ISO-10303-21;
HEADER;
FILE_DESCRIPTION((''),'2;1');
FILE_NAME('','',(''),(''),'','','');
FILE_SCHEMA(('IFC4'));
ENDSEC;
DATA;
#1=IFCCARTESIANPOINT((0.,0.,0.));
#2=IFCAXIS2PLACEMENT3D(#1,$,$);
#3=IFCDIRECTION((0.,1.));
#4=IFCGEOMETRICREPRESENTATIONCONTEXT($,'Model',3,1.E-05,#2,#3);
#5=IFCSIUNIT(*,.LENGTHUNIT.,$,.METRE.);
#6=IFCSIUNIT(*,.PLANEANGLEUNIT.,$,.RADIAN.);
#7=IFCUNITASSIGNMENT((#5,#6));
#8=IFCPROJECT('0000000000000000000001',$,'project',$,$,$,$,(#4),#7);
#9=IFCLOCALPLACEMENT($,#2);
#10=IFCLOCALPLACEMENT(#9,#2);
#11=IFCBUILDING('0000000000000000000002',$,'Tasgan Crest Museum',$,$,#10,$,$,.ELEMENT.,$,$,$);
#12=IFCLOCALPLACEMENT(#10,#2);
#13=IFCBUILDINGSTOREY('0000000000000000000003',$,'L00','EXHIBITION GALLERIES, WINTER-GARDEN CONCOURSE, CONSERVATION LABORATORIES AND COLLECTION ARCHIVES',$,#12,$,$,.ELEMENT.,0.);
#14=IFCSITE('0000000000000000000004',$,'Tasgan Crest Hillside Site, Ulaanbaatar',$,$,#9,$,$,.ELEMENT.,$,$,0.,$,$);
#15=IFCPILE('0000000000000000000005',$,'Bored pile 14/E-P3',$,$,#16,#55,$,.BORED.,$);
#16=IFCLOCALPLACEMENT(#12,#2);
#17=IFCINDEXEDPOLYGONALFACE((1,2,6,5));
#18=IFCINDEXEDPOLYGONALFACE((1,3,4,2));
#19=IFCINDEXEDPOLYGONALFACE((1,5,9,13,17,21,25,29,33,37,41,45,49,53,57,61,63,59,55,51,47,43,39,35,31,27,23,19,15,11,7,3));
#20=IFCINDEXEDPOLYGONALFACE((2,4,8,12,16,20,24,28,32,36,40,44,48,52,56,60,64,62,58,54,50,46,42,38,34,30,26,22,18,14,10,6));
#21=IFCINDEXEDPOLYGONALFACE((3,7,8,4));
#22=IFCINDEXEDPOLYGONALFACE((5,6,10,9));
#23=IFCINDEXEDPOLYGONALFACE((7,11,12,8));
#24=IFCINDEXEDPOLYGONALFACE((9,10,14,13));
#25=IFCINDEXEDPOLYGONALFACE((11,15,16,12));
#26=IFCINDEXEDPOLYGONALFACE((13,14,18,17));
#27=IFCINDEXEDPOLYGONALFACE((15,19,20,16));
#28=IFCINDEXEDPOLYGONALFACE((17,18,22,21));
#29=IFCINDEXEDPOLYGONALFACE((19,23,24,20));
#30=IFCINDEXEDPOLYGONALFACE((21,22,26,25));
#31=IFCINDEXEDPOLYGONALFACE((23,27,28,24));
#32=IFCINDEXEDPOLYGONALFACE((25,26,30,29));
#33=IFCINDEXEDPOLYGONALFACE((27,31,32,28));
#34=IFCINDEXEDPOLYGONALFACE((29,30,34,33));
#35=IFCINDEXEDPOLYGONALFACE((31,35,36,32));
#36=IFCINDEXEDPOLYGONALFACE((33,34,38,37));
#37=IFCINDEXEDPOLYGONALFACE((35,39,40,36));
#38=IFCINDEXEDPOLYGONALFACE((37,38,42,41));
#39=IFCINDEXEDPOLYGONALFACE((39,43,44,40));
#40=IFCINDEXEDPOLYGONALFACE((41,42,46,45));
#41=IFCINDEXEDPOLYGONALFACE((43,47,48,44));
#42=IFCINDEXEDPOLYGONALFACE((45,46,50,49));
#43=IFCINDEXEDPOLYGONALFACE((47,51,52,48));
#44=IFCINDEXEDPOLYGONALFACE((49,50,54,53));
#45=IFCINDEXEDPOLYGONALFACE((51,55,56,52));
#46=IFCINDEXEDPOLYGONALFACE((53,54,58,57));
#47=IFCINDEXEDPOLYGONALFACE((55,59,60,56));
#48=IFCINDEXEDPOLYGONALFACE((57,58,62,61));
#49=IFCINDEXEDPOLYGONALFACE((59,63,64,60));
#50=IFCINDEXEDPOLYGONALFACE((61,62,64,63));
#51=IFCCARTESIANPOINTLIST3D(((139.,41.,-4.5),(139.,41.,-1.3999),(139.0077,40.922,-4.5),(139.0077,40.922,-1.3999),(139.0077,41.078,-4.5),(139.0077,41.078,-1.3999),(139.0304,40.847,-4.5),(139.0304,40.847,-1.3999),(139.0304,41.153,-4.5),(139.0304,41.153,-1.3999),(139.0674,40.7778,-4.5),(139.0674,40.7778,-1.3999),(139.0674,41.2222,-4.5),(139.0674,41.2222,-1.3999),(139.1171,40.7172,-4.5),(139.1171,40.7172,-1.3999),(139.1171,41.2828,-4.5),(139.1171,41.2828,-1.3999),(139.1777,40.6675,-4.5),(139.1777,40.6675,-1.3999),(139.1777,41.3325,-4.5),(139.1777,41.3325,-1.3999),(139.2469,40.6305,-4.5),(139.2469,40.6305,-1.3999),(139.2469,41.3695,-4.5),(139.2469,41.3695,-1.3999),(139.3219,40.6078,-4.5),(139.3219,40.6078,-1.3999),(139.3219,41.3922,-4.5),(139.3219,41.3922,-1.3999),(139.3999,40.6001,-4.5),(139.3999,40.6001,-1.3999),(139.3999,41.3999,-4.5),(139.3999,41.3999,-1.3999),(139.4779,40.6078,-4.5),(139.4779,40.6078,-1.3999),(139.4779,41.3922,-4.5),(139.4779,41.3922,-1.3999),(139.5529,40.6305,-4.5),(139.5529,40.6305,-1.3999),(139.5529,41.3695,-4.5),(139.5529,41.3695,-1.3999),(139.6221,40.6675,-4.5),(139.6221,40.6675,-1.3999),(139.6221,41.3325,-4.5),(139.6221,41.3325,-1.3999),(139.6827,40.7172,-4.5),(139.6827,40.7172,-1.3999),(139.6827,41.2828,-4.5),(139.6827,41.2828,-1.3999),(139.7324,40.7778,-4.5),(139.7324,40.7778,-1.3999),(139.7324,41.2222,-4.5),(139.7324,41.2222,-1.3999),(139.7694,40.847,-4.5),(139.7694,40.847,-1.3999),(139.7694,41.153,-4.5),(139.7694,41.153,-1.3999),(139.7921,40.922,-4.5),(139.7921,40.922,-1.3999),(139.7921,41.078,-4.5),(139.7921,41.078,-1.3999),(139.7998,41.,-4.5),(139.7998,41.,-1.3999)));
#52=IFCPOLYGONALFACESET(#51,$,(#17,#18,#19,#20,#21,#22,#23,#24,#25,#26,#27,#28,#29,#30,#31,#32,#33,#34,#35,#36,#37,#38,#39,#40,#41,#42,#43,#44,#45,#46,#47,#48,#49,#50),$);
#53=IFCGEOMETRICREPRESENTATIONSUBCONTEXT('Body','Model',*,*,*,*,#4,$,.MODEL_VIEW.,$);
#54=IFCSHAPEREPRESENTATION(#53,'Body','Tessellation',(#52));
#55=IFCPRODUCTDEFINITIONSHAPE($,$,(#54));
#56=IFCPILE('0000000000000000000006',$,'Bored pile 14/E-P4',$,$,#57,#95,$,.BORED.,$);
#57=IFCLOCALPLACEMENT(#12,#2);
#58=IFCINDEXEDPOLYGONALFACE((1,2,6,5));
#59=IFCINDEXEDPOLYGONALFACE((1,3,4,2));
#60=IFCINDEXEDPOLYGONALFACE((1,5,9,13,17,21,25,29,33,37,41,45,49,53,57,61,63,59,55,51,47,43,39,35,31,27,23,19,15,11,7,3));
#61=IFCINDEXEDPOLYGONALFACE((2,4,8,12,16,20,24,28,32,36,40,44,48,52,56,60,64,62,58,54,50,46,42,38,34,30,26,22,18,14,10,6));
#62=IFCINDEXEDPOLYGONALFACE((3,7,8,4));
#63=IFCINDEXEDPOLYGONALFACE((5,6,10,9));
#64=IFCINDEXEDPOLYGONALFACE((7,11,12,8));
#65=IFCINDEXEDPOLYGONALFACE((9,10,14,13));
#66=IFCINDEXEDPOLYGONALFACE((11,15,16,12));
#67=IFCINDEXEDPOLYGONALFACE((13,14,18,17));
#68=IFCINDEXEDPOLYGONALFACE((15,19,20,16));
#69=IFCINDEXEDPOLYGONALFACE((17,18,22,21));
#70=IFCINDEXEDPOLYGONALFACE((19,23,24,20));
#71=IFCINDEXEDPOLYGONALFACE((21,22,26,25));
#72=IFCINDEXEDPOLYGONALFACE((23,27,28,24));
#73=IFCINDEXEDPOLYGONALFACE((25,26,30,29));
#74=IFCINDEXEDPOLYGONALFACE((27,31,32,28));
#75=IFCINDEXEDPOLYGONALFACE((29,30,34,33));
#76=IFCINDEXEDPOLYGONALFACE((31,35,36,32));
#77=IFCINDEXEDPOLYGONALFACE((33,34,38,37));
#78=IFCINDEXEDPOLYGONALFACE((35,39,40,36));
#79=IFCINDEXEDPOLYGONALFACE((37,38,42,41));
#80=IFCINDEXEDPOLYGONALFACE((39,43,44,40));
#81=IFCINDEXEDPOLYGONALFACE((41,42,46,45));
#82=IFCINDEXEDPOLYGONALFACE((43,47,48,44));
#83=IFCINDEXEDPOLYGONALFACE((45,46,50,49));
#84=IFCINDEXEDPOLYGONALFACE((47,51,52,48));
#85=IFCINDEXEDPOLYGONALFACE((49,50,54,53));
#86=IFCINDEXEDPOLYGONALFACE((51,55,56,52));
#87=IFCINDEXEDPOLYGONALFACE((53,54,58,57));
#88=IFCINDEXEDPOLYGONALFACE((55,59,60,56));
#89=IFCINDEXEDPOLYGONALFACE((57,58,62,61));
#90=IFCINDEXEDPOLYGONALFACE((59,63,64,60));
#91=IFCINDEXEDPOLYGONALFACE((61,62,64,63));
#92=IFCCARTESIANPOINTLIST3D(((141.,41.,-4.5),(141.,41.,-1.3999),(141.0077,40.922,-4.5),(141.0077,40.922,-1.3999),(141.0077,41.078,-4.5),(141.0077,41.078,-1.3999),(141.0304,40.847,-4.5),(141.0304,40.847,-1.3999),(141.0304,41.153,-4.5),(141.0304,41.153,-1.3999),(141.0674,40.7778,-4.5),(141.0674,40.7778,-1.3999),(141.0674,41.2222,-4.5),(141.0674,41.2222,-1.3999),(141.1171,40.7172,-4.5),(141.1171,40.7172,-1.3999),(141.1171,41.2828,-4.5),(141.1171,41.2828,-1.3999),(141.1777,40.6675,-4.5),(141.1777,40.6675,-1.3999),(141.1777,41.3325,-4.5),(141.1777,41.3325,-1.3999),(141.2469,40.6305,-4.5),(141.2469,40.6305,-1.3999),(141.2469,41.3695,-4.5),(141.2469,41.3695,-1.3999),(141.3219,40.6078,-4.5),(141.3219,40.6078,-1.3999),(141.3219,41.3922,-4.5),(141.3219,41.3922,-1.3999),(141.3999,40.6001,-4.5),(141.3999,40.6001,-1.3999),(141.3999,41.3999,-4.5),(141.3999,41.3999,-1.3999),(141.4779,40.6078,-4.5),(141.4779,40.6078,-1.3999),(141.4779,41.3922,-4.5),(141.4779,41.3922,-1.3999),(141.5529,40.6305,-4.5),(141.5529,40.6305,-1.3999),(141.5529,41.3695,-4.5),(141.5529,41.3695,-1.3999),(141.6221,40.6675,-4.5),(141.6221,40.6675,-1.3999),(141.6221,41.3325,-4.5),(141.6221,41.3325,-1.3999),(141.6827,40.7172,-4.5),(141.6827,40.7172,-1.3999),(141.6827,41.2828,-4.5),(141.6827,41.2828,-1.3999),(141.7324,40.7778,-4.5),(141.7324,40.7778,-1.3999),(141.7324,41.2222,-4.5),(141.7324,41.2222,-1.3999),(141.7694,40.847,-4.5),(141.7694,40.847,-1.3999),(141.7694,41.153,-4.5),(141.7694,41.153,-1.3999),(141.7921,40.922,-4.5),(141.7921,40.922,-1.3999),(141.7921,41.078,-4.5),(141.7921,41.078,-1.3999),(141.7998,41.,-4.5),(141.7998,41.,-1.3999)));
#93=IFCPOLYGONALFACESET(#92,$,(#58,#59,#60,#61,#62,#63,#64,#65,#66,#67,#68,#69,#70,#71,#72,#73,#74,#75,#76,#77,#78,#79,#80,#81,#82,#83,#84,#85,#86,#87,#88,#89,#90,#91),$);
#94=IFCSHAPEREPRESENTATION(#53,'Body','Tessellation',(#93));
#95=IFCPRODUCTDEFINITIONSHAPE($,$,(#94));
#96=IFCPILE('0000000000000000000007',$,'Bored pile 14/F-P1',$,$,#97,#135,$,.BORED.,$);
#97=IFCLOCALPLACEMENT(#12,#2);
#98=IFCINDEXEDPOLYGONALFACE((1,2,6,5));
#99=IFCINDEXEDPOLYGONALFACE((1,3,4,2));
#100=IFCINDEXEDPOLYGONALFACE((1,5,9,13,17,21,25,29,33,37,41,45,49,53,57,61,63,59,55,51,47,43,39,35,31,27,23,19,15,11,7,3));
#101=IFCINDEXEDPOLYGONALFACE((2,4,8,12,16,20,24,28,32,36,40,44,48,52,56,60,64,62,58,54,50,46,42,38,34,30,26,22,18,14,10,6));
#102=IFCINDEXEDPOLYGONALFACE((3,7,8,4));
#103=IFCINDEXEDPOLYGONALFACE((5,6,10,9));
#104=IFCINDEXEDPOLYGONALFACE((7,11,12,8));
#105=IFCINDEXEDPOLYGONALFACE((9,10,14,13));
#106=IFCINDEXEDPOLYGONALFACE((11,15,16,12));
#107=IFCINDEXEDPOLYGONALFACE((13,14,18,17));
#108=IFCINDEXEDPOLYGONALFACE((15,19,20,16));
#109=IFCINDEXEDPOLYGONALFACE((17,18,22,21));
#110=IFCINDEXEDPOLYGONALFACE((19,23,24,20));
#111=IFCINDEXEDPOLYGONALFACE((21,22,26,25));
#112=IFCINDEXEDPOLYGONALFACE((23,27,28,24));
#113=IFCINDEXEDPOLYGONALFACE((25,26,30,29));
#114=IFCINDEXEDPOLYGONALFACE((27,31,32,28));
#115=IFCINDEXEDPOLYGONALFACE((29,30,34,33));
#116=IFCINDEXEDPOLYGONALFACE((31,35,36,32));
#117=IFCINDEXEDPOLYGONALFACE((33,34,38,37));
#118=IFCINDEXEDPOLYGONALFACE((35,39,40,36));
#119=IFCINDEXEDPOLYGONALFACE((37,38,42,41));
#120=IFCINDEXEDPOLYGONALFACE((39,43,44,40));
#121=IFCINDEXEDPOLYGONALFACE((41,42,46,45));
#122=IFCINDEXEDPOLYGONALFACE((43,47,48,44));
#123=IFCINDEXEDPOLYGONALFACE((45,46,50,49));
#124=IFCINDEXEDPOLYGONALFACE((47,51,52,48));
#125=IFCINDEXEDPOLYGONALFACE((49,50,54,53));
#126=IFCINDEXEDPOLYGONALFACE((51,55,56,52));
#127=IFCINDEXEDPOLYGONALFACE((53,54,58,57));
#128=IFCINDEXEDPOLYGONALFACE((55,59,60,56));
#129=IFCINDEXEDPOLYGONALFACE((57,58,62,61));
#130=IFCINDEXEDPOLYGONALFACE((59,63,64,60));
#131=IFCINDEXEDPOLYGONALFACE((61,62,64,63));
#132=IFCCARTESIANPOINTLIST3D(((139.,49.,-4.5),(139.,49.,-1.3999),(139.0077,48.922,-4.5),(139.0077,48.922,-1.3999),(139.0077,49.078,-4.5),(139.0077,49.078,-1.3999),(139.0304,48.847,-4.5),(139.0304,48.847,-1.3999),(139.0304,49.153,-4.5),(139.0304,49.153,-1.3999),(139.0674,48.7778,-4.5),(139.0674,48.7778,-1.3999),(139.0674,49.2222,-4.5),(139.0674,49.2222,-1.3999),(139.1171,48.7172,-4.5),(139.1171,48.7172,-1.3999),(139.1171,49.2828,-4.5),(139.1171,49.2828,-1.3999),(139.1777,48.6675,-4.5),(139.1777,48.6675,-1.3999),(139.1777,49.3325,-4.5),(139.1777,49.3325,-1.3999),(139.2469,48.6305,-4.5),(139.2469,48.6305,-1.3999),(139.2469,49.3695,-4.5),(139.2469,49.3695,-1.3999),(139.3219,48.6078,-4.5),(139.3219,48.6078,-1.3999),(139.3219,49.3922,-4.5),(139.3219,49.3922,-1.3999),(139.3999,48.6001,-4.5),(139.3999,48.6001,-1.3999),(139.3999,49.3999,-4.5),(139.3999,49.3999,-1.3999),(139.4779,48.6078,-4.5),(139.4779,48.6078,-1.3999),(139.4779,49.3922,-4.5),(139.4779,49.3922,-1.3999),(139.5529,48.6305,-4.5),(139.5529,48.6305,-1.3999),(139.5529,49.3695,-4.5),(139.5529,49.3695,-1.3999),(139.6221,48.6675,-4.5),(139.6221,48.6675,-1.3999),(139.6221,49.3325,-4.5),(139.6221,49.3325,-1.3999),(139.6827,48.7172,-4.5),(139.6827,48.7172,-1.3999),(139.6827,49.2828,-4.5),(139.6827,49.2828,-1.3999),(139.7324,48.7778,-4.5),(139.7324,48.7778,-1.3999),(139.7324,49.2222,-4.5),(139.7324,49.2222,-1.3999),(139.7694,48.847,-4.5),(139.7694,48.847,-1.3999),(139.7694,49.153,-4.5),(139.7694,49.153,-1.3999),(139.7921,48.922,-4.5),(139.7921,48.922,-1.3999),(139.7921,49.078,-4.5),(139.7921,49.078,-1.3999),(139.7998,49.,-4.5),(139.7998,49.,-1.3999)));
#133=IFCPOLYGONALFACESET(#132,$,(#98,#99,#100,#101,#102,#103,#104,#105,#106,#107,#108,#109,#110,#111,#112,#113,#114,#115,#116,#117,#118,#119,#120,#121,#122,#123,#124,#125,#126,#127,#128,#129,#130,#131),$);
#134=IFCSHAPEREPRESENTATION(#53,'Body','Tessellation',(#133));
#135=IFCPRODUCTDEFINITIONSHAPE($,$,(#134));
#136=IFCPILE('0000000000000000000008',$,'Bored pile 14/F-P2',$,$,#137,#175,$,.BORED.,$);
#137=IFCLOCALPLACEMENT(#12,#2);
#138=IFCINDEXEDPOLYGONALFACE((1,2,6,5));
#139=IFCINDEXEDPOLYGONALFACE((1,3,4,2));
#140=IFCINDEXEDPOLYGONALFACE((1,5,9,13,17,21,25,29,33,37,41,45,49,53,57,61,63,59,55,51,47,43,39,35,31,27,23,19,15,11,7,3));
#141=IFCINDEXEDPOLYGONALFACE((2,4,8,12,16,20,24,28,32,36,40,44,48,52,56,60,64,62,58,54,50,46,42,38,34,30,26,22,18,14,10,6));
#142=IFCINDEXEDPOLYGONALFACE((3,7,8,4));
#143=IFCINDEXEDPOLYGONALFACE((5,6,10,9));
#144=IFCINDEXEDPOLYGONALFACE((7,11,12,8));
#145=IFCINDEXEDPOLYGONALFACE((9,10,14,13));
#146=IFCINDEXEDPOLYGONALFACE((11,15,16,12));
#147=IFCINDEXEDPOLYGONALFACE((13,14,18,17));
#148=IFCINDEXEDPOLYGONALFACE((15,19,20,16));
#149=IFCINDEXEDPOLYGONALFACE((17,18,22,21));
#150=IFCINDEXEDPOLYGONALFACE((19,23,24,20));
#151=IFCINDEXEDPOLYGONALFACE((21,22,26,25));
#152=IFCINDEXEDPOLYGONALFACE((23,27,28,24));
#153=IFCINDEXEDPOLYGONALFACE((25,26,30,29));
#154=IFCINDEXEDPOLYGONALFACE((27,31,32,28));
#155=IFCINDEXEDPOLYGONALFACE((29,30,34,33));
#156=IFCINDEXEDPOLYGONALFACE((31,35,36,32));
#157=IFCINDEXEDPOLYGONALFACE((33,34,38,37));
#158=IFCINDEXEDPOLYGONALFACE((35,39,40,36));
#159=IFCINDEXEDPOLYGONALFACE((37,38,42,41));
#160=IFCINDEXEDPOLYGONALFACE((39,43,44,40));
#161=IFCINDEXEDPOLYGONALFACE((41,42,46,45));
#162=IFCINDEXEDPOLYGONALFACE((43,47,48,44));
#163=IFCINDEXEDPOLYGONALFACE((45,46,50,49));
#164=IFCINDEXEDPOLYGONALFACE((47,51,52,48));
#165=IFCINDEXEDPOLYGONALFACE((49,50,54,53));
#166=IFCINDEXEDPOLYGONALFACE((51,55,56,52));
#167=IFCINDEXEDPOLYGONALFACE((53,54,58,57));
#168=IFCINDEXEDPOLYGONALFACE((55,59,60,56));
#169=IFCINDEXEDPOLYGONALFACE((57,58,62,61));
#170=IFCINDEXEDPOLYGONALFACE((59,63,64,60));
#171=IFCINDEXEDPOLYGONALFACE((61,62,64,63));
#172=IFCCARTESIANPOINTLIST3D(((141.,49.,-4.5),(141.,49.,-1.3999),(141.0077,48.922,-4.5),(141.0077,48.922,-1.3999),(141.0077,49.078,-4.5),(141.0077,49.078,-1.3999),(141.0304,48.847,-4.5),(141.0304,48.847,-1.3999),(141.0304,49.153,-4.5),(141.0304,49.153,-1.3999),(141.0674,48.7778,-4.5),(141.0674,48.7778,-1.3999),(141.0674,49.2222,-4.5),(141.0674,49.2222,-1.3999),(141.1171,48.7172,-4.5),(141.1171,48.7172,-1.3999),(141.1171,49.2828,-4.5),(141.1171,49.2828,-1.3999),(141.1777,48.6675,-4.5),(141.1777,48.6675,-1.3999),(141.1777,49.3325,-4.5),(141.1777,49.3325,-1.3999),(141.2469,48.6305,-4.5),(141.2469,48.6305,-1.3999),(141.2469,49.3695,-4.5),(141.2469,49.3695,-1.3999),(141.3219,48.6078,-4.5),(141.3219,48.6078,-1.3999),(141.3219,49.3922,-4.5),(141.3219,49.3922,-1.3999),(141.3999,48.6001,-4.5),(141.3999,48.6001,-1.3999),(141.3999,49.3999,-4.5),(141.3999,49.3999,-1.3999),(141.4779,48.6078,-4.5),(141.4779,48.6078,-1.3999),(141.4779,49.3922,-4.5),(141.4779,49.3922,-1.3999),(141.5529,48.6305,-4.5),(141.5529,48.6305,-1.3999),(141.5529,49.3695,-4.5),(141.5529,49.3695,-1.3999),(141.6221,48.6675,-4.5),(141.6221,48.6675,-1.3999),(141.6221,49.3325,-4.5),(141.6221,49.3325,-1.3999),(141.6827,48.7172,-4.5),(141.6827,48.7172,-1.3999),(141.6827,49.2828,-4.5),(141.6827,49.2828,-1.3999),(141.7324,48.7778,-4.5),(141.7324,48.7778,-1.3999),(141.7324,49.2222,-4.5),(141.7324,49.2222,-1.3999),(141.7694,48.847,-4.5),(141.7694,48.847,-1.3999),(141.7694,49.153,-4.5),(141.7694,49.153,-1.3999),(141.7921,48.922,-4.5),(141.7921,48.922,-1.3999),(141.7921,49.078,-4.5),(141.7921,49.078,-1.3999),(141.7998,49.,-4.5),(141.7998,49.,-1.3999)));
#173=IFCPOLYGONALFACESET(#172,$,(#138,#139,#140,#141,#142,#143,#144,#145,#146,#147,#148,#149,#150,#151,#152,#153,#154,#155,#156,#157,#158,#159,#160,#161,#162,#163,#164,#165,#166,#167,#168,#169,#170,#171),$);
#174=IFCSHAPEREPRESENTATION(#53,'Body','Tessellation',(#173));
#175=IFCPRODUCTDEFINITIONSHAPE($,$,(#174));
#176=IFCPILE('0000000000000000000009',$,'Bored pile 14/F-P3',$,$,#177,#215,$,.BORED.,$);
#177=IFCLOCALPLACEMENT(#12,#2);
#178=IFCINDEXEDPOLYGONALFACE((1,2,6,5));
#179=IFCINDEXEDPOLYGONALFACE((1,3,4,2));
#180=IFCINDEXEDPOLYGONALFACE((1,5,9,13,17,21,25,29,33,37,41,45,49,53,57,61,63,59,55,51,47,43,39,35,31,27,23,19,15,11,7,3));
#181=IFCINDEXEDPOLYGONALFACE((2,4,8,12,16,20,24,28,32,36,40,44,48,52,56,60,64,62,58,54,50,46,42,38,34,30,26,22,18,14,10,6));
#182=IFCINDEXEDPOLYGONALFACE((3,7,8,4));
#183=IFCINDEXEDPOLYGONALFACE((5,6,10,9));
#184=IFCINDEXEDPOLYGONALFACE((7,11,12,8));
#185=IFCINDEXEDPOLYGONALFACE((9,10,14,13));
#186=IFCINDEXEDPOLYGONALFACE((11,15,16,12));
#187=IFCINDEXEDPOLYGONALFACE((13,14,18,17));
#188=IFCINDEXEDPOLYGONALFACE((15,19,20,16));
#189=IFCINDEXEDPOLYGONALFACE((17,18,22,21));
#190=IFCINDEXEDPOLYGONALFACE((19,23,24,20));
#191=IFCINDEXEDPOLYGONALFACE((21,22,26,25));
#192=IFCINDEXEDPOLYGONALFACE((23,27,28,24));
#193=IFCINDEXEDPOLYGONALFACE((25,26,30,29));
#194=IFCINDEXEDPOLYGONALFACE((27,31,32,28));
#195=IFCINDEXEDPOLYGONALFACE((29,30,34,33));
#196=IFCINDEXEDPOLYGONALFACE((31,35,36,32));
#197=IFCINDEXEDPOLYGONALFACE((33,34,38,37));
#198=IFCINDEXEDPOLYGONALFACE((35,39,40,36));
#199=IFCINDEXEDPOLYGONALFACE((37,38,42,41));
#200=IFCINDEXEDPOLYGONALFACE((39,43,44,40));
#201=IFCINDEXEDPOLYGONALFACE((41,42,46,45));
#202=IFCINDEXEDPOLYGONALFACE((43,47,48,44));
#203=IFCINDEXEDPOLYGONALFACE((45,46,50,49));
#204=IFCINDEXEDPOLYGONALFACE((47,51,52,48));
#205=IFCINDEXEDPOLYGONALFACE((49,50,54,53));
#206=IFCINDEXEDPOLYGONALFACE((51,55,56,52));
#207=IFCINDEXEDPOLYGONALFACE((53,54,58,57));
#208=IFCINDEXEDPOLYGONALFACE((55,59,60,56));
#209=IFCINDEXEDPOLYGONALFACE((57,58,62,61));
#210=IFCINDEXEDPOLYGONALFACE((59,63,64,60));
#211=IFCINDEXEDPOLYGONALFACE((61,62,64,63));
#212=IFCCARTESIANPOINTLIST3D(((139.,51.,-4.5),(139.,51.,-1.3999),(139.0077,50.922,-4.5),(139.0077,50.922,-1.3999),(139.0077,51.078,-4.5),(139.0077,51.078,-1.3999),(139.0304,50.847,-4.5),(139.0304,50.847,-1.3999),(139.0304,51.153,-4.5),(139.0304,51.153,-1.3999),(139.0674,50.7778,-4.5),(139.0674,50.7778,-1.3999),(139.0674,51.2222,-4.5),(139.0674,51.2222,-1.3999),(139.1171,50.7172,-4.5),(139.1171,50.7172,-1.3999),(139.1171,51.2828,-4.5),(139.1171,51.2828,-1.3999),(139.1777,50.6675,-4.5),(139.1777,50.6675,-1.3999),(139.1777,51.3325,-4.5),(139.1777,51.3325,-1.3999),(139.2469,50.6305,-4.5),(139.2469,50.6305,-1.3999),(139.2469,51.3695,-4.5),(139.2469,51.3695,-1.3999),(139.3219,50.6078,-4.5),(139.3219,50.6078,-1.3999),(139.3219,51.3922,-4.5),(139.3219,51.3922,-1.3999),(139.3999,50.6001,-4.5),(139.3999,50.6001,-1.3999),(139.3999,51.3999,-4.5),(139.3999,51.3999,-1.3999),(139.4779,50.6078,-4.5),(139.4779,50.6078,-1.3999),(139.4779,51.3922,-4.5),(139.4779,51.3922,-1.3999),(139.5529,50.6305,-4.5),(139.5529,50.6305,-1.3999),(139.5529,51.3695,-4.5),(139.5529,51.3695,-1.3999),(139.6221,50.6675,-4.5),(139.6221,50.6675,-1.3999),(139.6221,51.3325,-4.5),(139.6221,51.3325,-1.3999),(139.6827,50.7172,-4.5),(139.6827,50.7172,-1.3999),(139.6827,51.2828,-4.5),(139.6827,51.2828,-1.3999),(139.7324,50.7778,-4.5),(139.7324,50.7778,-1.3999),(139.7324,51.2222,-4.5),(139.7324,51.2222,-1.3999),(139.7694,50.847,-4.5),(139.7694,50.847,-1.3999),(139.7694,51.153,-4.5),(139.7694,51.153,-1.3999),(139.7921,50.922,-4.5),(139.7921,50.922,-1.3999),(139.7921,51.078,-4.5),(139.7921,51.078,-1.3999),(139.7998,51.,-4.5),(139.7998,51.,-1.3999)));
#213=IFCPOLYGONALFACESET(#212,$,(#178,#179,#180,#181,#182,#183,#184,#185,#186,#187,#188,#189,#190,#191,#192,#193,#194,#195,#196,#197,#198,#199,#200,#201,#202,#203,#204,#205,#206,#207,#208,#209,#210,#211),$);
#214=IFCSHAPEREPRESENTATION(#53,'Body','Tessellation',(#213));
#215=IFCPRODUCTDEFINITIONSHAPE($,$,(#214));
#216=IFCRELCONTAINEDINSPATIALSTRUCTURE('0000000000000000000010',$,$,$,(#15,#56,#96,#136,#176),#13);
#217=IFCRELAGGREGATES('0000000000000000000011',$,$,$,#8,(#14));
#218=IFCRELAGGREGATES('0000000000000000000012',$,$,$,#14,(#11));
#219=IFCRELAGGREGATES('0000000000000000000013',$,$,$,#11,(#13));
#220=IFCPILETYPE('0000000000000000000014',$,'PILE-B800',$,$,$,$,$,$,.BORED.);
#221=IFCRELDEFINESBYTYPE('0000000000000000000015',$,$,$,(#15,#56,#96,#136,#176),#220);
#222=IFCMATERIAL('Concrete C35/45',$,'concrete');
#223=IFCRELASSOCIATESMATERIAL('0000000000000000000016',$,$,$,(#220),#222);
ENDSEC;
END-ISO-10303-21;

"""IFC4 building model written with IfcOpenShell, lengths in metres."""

from ifc_helpers import new_model, si_unit, direction, frame, origin, origin_2d, place, context, subcontext, project, spatial, circle, extrude, material, material_profile, profile_set, type_object, element, save


model = new_model("IFC4")

# Units and contexts
model_context = context("Model", 3, precision=1e-05, world=origin(), true_north=direction((0.0, 1.0)))
body_context = subcontext(model_context, "Body", "Model", "MODEL_VIEW")
ifc_project = project(units=[si_unit("LENGTHUNIT", "METRE"), si_unit("PLANEANGLEUNIT", "RADIAN")], contexts=[model_context])

# Site, building, storey
site_placement = place(None, origin())
site = spatial("IfcSite", under=ifc_project, at=site_placement, Name="Tasgan Crest Hillside Site, Ulaanbaatar", CompositionType="ELEMENT", RefElevation=0.0)
building_placement = place(site_placement, origin())
building = spatial("IfcBuilding", under=site, at=building_placement, Name="Tasgan Crest Museum", CompositionType="ELEMENT")
storey_placement = place(building_placement, origin())
storey = spatial("IfcBuildingStorey", under=building, at=storey_placement, Name="L00", Description="EXHIBITION GALLERIES, WINTER-GARDEN CONCOURSE, CONSERVATION LABORATORIES AND COLLECTION ARCHIVES", CompositionType="ELEMENT", Elevation=0.0)

# Piles
ifc_material_1 = material(Name="Concrete C35/45", Category="concrete")
ifc_material_profile_1 = material_profile(ifc_material_1, circle(Radius=0.3999, at=origin_2d()), Name="PILE D800")
ifc_profile_set_1 = profile_set([ifc_material_profile_1], Name="Concrete C35/45")
pile_type = type_object("IfcPileType", Name="PILE-B800", PredefinedType="BORED", material=ifc_profile_set_1)
for number, where, z_axis, x_axis, name in (
    (1, (139.3999, 41.0, -1.3999), (0.0, 0.0, -1.0), (1.0, 0.0, 0.0), "Bored pile 14/E-P3"),
    (2, (141.3999, 41.0, -1.3999), (0.0, 0.0, -1.0), (1.0, 0.0, 0.0), "Bored pile 14/E-P4"),
    (3, (139.3999, 49.0, -1.3999), (0.0, 0.0, -1.0), (1.0, 0.0, 0.0), "Bored pile 14/F-P1"),
    (4, (141.3999, 49.0, -1.3999), (0.0, 0.0, -1.0), (1.0, 0.0, 0.0), "Bored pile 14/F-P2"),
    (5, (139.3999, 51.0, -1.3999), (0.0, 0.0, -1.0), (1.0, 0.0, 0.0), "Bored pile 14/F-P3"),
):
    element("IfcPile", number, at=place(storey_placement, frame(where, z_axis=z_axis, x_axis=x_axis)), inside=storey, type_object=pile_type, Name=name, PredefinedType="BORED", context=body_context, shape_type="SweptSolid", body=[
        extrude(circle(Radius=0.3999, at=origin_2d()), origin(), (0.0, 0.0, 1.0), 3.1001),
    ])

save(model, "model.ifc")
